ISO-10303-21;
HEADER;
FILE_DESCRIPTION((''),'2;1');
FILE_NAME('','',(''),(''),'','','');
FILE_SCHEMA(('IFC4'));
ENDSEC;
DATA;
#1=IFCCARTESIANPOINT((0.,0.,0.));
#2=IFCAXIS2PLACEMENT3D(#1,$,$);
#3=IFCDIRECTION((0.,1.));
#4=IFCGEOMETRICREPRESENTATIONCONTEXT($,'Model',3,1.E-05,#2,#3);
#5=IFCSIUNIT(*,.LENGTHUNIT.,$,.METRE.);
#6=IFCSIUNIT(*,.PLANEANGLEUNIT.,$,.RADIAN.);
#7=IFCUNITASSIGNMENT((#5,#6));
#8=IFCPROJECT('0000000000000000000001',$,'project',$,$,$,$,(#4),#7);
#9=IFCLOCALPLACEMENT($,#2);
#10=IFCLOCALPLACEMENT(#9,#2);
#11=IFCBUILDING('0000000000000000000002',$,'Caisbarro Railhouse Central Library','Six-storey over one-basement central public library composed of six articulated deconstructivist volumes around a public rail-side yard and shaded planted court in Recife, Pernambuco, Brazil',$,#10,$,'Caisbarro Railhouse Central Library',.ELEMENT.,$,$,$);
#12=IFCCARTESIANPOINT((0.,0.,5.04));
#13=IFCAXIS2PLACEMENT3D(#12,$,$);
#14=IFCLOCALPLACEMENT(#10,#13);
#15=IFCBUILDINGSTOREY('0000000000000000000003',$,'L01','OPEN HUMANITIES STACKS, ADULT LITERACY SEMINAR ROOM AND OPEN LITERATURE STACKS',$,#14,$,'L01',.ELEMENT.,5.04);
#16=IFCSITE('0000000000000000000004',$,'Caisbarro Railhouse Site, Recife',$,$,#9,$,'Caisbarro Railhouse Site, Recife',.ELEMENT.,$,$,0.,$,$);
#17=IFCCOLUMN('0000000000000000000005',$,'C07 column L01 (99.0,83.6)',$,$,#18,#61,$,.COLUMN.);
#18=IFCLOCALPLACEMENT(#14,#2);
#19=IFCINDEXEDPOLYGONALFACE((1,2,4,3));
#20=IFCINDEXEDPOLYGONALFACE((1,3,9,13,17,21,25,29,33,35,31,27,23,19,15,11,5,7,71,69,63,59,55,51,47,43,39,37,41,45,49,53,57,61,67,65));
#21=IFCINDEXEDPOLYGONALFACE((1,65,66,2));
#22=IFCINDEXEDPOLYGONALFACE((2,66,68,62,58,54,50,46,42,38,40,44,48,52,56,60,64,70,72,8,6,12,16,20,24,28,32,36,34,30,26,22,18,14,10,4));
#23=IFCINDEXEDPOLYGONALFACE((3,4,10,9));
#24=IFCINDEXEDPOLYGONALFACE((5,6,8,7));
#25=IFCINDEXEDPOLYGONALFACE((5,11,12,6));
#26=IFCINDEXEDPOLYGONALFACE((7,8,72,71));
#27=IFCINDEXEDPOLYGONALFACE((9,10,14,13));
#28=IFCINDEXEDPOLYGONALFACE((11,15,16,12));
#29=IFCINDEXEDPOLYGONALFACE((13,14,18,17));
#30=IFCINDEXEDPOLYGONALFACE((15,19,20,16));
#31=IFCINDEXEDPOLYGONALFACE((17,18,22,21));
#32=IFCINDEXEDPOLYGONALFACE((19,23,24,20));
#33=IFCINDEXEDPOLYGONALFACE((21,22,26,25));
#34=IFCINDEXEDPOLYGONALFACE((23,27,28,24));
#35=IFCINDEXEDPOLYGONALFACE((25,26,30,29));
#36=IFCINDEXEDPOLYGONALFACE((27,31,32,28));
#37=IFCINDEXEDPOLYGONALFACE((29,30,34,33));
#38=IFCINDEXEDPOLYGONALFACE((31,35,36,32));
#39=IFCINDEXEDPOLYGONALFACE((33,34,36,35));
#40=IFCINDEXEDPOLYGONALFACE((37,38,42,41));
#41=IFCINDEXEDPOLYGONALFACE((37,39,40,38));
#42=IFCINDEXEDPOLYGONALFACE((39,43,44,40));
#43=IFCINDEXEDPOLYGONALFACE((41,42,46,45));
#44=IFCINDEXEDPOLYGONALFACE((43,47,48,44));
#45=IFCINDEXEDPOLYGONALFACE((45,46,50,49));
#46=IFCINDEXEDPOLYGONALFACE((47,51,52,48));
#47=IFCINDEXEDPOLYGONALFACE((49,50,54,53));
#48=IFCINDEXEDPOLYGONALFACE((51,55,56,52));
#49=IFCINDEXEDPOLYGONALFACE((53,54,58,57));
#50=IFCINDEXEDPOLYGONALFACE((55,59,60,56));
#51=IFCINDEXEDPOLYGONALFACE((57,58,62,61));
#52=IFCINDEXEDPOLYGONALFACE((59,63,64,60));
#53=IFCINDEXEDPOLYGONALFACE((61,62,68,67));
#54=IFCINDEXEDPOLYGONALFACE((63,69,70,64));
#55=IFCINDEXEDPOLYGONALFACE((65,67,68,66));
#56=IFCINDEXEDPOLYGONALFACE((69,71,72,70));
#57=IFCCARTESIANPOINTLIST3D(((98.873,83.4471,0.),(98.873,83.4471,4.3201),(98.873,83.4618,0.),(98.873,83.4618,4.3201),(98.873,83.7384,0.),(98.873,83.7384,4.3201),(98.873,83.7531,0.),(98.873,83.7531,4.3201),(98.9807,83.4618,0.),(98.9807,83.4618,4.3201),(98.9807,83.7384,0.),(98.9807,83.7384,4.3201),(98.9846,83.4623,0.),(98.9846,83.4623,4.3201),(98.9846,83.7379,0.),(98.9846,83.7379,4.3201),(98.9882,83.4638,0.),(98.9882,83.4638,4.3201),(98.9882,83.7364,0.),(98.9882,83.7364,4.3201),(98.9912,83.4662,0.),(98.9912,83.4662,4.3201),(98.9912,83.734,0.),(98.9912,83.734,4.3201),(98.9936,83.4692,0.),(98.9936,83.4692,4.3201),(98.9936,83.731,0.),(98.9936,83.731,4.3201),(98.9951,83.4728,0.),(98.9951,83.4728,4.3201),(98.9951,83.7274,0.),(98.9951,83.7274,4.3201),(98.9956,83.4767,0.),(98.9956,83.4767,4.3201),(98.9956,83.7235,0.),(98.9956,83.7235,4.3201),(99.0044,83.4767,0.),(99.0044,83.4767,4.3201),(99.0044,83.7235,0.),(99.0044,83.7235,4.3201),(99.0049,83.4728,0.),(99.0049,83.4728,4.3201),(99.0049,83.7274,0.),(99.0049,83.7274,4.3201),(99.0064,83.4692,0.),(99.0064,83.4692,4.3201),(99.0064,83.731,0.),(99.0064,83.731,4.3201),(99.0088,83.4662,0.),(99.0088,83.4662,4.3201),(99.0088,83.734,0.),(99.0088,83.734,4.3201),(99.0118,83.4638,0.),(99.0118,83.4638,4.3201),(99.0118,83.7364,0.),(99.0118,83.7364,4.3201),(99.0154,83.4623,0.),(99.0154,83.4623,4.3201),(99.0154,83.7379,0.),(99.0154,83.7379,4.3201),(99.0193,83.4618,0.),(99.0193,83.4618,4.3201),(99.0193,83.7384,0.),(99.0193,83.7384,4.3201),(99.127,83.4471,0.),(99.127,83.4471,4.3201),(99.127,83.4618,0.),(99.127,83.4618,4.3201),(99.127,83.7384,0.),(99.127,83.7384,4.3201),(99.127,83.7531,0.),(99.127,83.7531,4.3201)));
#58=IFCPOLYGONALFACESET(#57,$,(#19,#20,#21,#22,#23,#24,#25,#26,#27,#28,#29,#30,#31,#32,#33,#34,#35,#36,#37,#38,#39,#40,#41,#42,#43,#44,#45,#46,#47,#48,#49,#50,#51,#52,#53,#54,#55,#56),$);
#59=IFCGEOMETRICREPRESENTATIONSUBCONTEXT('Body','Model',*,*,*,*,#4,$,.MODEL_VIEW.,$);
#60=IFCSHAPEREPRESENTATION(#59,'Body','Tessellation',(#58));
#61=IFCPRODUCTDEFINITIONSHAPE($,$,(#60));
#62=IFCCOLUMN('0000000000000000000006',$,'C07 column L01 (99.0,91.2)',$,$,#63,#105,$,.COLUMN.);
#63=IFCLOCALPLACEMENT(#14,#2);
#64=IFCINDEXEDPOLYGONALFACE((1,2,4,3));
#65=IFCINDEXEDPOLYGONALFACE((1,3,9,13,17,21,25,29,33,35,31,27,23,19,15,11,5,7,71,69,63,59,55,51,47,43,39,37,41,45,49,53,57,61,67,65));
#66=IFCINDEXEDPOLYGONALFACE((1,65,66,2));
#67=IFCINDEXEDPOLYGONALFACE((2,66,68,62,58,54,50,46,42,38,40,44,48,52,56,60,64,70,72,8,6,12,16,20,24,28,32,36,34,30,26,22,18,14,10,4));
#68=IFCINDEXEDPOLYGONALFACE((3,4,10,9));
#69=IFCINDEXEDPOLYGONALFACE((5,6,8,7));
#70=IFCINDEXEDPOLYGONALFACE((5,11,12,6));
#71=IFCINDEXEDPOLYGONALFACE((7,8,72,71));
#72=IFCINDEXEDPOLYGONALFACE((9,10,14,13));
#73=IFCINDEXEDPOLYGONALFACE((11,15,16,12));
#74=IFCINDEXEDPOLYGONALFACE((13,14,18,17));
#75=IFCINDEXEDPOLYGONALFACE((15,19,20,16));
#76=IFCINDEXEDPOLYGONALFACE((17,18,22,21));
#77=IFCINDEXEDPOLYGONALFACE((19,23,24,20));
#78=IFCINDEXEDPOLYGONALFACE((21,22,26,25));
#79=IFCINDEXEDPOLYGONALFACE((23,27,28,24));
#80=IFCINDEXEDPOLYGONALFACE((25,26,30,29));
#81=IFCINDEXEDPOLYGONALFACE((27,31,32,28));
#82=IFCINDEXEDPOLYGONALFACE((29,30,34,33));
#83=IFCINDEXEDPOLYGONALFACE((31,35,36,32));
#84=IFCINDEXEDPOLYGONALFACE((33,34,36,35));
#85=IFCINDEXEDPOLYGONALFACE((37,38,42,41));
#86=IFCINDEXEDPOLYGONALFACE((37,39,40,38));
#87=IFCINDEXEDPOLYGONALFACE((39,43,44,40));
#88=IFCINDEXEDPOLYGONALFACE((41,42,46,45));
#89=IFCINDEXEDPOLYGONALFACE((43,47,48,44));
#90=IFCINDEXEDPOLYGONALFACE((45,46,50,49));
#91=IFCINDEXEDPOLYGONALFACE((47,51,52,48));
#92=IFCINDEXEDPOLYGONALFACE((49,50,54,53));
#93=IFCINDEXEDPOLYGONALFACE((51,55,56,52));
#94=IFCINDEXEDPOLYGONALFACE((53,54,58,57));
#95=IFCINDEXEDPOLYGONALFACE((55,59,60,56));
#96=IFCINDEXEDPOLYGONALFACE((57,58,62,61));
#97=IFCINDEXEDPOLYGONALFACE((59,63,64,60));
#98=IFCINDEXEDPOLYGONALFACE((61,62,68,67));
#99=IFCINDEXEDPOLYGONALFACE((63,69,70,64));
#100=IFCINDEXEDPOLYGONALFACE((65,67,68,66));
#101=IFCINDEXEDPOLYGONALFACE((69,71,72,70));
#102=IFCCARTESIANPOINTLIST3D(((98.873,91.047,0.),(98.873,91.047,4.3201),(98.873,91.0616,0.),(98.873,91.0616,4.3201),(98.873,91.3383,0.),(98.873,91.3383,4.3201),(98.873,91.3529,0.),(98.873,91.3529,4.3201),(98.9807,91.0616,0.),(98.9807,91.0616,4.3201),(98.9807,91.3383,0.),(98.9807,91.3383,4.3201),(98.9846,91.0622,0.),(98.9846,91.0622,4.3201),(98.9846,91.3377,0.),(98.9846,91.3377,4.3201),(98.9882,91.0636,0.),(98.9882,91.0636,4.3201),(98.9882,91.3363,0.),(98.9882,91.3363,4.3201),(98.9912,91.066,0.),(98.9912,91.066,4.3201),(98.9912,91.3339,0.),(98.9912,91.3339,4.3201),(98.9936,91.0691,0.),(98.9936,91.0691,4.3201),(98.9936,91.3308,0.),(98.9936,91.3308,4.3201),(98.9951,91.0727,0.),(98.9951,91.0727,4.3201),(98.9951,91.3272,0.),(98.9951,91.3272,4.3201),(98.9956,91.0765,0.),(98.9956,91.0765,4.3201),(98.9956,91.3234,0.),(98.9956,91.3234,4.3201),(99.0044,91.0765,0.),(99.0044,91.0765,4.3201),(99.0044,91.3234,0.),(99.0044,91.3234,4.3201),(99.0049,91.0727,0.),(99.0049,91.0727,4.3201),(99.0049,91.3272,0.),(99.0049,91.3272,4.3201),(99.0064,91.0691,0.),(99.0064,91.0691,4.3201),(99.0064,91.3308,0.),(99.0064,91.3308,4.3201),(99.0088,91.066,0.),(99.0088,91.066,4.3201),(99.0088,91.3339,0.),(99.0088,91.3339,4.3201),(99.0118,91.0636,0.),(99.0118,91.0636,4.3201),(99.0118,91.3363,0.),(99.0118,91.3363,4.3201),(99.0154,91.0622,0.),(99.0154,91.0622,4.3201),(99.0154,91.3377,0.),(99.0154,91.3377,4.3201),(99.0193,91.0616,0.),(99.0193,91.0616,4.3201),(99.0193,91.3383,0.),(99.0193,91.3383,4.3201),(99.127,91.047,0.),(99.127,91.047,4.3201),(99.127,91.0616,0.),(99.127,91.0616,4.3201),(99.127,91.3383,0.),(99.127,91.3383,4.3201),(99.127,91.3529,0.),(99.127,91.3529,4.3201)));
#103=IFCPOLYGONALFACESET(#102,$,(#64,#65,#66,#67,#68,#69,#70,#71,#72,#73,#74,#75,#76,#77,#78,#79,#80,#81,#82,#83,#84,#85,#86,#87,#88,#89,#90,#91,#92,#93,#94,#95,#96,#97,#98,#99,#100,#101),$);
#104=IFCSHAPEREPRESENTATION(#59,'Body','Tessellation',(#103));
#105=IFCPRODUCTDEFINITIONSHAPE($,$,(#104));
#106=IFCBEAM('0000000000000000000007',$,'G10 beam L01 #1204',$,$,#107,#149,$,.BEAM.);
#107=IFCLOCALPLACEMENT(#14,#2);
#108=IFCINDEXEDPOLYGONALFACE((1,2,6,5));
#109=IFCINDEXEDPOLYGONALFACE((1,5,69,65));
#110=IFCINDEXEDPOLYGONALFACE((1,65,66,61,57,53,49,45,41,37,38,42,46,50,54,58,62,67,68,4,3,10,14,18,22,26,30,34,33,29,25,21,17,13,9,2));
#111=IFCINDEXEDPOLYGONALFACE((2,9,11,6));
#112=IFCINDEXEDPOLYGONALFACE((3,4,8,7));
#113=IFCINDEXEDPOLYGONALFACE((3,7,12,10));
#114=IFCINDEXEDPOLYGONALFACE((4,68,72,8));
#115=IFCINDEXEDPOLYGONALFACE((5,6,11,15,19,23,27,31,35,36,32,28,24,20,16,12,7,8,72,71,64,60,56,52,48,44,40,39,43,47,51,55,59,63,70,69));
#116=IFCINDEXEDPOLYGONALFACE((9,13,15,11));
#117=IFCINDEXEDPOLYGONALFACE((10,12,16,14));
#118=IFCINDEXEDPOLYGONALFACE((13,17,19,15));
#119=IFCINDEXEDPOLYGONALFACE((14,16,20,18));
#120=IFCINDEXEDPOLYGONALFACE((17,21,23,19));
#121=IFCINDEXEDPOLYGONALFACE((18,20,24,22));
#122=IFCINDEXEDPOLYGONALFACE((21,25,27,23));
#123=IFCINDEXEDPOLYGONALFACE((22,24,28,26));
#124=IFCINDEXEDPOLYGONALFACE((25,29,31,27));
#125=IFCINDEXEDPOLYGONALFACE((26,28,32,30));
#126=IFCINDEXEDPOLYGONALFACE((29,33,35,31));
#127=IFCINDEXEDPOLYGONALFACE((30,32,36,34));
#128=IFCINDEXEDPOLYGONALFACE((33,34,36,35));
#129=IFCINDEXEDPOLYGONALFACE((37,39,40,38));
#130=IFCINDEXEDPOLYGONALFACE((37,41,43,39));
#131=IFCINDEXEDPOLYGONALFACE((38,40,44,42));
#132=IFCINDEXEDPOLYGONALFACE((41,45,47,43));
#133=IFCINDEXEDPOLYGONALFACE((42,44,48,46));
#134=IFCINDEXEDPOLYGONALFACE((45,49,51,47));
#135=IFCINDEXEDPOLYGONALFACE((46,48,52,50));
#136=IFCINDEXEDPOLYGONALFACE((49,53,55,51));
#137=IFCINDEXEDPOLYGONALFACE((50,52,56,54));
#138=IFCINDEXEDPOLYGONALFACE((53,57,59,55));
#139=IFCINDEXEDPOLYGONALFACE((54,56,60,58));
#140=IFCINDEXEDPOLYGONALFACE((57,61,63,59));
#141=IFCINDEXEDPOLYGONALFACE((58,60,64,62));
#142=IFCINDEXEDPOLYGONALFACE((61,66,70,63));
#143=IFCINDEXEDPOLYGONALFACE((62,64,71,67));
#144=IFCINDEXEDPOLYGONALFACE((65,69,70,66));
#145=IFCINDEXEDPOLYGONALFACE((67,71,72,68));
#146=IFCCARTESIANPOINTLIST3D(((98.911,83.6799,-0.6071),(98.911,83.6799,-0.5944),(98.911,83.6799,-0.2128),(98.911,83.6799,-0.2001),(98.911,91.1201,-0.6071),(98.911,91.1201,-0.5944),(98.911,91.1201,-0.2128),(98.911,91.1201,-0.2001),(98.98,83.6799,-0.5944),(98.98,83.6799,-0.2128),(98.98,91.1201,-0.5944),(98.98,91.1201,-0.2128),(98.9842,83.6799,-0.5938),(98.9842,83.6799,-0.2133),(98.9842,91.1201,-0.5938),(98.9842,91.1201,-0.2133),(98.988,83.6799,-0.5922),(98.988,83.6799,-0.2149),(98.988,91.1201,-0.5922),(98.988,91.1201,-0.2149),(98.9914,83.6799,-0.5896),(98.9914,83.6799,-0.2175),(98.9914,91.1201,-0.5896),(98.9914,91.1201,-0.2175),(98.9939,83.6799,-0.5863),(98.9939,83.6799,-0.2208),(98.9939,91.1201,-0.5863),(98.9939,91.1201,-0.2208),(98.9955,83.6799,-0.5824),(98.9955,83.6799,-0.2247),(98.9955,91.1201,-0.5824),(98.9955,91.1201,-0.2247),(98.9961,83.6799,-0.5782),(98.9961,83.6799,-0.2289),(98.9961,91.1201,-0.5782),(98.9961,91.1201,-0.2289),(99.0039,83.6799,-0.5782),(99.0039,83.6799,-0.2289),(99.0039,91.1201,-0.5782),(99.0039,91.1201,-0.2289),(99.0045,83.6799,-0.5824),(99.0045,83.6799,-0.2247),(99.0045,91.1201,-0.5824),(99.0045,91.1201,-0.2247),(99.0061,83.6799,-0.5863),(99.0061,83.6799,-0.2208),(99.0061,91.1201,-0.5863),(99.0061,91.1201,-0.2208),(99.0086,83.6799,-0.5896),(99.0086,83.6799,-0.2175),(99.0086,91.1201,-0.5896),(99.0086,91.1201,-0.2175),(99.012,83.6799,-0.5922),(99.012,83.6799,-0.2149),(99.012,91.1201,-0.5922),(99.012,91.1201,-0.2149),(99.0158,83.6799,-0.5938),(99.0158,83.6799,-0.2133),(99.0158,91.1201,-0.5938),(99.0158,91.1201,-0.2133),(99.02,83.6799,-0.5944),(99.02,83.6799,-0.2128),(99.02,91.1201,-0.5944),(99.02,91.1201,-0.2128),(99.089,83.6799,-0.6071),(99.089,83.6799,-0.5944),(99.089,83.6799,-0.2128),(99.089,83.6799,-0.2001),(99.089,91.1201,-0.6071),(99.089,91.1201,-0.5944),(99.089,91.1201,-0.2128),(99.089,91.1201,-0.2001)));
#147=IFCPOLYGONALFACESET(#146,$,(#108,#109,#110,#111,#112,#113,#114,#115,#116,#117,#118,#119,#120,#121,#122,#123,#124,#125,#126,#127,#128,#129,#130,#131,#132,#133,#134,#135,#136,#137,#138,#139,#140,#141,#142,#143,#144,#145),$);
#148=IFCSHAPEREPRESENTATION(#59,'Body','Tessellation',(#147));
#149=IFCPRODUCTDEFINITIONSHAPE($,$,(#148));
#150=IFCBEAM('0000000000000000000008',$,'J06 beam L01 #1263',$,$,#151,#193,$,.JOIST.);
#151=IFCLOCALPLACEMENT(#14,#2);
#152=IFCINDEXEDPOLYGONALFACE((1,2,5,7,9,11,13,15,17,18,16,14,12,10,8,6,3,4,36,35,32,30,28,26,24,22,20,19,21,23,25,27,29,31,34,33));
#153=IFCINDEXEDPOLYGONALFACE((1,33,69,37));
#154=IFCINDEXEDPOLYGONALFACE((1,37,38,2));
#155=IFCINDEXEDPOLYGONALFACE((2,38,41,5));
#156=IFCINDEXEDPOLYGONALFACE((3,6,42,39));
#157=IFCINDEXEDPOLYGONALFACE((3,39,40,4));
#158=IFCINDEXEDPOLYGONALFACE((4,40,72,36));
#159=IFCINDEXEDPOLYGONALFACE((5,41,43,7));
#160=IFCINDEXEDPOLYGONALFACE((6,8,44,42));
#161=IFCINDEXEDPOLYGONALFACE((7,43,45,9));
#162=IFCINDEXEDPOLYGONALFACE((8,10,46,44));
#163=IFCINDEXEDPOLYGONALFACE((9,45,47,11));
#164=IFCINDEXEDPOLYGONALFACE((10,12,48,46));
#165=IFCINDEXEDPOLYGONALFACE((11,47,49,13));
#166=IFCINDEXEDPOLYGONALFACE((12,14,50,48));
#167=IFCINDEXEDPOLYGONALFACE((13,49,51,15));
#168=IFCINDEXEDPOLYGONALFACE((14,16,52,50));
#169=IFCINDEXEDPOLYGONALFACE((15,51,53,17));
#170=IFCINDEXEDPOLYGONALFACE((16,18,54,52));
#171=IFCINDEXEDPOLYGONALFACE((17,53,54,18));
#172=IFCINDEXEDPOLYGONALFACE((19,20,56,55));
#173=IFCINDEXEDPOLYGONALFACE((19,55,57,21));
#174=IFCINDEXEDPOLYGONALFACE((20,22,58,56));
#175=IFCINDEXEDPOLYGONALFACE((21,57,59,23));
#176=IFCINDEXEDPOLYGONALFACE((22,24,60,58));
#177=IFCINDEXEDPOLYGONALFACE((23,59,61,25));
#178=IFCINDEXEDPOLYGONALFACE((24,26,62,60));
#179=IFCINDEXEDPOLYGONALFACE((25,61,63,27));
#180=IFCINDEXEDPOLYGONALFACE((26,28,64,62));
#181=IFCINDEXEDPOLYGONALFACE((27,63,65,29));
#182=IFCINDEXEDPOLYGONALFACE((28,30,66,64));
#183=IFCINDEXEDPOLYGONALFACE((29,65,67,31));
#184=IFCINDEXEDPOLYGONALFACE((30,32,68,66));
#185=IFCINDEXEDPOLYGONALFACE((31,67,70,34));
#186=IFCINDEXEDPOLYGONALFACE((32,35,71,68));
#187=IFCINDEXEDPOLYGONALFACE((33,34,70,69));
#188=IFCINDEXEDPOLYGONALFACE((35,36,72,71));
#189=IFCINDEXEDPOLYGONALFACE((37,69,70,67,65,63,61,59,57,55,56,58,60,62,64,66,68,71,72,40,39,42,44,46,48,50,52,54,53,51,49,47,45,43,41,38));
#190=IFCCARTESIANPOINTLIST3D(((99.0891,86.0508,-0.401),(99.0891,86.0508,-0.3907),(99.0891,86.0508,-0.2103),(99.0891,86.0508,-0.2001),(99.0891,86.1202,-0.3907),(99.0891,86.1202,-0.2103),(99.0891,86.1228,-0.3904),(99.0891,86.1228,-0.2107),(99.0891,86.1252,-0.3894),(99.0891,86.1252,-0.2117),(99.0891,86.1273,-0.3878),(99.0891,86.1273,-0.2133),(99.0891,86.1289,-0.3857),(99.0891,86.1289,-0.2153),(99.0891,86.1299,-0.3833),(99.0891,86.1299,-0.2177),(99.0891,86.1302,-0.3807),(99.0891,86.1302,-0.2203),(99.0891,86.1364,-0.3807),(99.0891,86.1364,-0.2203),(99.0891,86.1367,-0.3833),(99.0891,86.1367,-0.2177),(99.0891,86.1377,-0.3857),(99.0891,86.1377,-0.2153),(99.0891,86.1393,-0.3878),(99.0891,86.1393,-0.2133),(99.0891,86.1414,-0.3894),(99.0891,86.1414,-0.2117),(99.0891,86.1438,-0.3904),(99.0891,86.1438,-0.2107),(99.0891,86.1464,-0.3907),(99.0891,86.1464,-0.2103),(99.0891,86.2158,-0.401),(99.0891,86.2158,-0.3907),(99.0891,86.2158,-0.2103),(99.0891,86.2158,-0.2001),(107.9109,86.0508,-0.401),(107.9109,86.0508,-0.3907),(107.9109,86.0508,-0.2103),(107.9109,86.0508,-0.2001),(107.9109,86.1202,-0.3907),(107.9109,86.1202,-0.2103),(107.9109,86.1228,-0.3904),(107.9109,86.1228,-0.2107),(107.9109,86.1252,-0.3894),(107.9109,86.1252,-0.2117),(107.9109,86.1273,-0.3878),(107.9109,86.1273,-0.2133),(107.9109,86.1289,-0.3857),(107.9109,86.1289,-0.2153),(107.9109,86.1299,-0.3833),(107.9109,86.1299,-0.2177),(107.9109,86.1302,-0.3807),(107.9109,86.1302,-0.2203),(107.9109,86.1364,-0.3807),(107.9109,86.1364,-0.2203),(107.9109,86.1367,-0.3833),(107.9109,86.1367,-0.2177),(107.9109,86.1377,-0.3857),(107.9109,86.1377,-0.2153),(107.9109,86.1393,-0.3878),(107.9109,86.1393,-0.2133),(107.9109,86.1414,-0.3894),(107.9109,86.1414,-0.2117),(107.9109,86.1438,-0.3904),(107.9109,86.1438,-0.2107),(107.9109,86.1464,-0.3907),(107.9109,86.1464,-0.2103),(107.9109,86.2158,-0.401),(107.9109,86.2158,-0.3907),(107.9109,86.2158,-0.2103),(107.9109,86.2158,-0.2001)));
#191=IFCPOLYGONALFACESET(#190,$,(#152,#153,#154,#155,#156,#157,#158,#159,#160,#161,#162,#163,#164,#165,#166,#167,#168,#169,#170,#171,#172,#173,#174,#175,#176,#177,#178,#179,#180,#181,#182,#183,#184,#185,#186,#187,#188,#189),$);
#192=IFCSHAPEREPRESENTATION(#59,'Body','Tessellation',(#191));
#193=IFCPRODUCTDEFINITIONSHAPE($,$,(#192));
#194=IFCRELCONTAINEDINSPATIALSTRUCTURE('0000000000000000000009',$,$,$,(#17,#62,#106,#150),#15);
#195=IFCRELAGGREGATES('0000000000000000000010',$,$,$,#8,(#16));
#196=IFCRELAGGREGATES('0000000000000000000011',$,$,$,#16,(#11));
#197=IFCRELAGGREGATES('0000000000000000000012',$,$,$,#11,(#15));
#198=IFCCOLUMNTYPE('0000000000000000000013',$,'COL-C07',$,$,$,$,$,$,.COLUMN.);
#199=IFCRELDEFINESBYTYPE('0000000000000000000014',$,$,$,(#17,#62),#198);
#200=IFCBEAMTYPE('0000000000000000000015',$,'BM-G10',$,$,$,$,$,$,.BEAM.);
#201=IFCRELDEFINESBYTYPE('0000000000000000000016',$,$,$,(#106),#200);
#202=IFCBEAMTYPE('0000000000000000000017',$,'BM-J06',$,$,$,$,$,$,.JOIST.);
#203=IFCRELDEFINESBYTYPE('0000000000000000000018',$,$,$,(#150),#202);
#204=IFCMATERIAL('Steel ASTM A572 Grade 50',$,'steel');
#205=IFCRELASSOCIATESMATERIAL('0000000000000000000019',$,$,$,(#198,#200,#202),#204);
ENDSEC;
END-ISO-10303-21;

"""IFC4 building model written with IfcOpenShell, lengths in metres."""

from ifc_helpers import new_model, si_unit, direction, frame, origin, origin_2d, place, context, subcontext, project, spatial, i_section, extrude, material, material_profile, profile_set, type_object, element, save


model = new_model("IFC4")

# Units and contexts
model_context = context("Model", 3, precision=1e-05, world=origin(), true_north=direction((0.0, 1.0)))
body_context = subcontext(model_context, "Body", "Model", "MODEL_VIEW")
ifc_project = project(units=[si_unit("LENGTHUNIT", "METRE"), si_unit("PLANEANGLEUNIT", "RADIAN")], contexts=[model_context])

# Site, building, storey
site_placement = place(None, origin())
site = spatial("IfcSite", under=ifc_project, at=site_placement, Name="Caisbarro Railhouse Site, Recife", LongName="Caisbarro Railhouse Site, Recife", CompositionType="ELEMENT", RefElevation=0.0)
building_placement = place(site_placement, origin())
building = spatial("IfcBuilding", under=site, at=building_placement, Name="Caisbarro Railhouse Central Library", Description="Six-storey over one-basement central public library composed of six articulated deconstructivist volumes around a public rail-side yard and shaded planted court in Recife, Pernambuco, Brazil", LongName="Caisbarro Railhouse Central Library", CompositionType="ELEMENT")
storey_placement = place(building_placement, frame((0.0, 0.0, 5.04)))
storey = spatial("IfcBuildingStorey", under=building, at=storey_placement, Name="L01", Description="OPEN HUMANITIES STACKS, ADULT LITERACY SEMINAR ROOM AND OPEN LITERATURE STACKS", LongName="L01", CompositionType="ELEMENT", Elevation=5.04)

# Columns
ifc_material_1 = material(Name="Steel ASTM A572 Grade 50", Category="steel")
ifc_material_profile_1 = material_profile(ifc_material_1, i_section(OverallWidth=0.2539, OverallDepth=0.3059, WebThickness=0.0088, FlangeThickness=0.0146, FilletRadius=0.0149, at=origin_2d()), Name="W310X79.0")
ifc_profile_set_1 = profile_set([ifc_material_profile_1], Name="Steel ASTM A572 Grade 50")
column_type = type_object("IfcColumnType", Name="COL-C07", PredefinedType="COLUMN", material=ifc_profile_set_1)
for number, where, z_axis, x_axis, name in (
    (1, (99.0, 83.6001, 0.0), (0.0, 0.0, 1.0), (1.0, 0.0, 0.0), "C07 column L01 (99.0,83.6)"),
    (2, (99.0, 91.2, 0.0), (0.0, 0.0, 1.0), (1.0, 0.0, 0.0), "C07 column L01 (99.0,91.2)"),
):
    element("IfcColumn", number, at=place(storey_placement, frame(where, z_axis=z_axis, x_axis=x_axis)), inside=storey, type_object=column_type, Name=name, PredefinedType="COLUMN", context=body_context, shape_type="SweptSolid", body=[
        extrude(i_section(OverallWidth=0.2539, OverallDepth=0.3059, WebThickness=0.0088, FlangeThickness=0.0146, FilletRadius=0.0149, at=origin_2d()), origin(), (0.0, 0.0, 1.0), 4.3201),
    ])

# Beams
ifc_material_profile_2 = material_profile(ifc_material_1, i_section(OverallWidth=0.178, OverallDepth=0.407, WebThickness=0.0078, FlangeThickness=0.0127, FilletRadius=0.0161, at=origin_2d()), Name="W410X60.0")
ifc_profile_set_2 = profile_set([ifc_material_profile_2], Name="Steel ASTM A572 Grade 50")
beam_type_1 = type_object("IfcBeamType", Name="BM-G10", PredefinedType="BEAM", material=ifc_profile_set_2)
beam_placement = place(storey_placement, frame((99.0, 83.6799, -0.4036), z_axis=(0.0, 1.0, 0.0), x_axis=(-1.0, 0.0, 0.0)))
element("IfcBeam", 3, at=beam_placement, inside=storey, type_object=beam_type_1, Name="G10 beam L01 #1204", PredefinedType="BEAM", context=body_context, shape_type="SweptSolid", body=[
    extrude(i_section(OverallWidth=0.178, OverallDepth=0.407, WebThickness=0.0078, FlangeThickness=0.0127, FilletRadius=0.0161, at=origin_2d()), origin(), (0.0, 0.0, 1.0), 7.4402),
])
ifc_material_profile_3 = material_profile(ifc_material_1, i_section(OverallWidth=0.165, OverallDepth=0.2009, WebThickness=0.0061, FlangeThickness=0.0103, FilletRadius=0.01, at=origin_2d()), Name="W200X35.9")
ifc_profile_set_3 = profile_set([ifc_material_profile_3], Name="Steel ASTM A572 Grade 50")
beam_type_2 = type_object("IfcBeamType", Name="BM-J06", PredefinedType="JOIST", material=ifc_profile_set_3)
for number, where, z_axis, x_axis, name in (
    (4, (99.0891, 86.1333, -0.3005), (1.0, 0.0, 0.0), (0.0, 1.0, 0.0), "J06 beam L01 #1263"),
):
    element("IfcBeam", number, at=place(storey_placement, frame(where, z_axis=z_axis, x_axis=x_axis)), inside=storey, type_object=beam_type_2, Name=name, PredefinedType="JOIST", context=body_context, shape_type="SweptSolid", body=[
        extrude(i_section(OverallWidth=0.165, OverallDepth=0.2009, WebThickness=0.0061, FlangeThickness=0.0103, FilletRadius=0.01, at=origin_2d()), origin(), (0.0, 0.0, 1.0), 8.8218),
    ])

save(model, "model.ifc")
